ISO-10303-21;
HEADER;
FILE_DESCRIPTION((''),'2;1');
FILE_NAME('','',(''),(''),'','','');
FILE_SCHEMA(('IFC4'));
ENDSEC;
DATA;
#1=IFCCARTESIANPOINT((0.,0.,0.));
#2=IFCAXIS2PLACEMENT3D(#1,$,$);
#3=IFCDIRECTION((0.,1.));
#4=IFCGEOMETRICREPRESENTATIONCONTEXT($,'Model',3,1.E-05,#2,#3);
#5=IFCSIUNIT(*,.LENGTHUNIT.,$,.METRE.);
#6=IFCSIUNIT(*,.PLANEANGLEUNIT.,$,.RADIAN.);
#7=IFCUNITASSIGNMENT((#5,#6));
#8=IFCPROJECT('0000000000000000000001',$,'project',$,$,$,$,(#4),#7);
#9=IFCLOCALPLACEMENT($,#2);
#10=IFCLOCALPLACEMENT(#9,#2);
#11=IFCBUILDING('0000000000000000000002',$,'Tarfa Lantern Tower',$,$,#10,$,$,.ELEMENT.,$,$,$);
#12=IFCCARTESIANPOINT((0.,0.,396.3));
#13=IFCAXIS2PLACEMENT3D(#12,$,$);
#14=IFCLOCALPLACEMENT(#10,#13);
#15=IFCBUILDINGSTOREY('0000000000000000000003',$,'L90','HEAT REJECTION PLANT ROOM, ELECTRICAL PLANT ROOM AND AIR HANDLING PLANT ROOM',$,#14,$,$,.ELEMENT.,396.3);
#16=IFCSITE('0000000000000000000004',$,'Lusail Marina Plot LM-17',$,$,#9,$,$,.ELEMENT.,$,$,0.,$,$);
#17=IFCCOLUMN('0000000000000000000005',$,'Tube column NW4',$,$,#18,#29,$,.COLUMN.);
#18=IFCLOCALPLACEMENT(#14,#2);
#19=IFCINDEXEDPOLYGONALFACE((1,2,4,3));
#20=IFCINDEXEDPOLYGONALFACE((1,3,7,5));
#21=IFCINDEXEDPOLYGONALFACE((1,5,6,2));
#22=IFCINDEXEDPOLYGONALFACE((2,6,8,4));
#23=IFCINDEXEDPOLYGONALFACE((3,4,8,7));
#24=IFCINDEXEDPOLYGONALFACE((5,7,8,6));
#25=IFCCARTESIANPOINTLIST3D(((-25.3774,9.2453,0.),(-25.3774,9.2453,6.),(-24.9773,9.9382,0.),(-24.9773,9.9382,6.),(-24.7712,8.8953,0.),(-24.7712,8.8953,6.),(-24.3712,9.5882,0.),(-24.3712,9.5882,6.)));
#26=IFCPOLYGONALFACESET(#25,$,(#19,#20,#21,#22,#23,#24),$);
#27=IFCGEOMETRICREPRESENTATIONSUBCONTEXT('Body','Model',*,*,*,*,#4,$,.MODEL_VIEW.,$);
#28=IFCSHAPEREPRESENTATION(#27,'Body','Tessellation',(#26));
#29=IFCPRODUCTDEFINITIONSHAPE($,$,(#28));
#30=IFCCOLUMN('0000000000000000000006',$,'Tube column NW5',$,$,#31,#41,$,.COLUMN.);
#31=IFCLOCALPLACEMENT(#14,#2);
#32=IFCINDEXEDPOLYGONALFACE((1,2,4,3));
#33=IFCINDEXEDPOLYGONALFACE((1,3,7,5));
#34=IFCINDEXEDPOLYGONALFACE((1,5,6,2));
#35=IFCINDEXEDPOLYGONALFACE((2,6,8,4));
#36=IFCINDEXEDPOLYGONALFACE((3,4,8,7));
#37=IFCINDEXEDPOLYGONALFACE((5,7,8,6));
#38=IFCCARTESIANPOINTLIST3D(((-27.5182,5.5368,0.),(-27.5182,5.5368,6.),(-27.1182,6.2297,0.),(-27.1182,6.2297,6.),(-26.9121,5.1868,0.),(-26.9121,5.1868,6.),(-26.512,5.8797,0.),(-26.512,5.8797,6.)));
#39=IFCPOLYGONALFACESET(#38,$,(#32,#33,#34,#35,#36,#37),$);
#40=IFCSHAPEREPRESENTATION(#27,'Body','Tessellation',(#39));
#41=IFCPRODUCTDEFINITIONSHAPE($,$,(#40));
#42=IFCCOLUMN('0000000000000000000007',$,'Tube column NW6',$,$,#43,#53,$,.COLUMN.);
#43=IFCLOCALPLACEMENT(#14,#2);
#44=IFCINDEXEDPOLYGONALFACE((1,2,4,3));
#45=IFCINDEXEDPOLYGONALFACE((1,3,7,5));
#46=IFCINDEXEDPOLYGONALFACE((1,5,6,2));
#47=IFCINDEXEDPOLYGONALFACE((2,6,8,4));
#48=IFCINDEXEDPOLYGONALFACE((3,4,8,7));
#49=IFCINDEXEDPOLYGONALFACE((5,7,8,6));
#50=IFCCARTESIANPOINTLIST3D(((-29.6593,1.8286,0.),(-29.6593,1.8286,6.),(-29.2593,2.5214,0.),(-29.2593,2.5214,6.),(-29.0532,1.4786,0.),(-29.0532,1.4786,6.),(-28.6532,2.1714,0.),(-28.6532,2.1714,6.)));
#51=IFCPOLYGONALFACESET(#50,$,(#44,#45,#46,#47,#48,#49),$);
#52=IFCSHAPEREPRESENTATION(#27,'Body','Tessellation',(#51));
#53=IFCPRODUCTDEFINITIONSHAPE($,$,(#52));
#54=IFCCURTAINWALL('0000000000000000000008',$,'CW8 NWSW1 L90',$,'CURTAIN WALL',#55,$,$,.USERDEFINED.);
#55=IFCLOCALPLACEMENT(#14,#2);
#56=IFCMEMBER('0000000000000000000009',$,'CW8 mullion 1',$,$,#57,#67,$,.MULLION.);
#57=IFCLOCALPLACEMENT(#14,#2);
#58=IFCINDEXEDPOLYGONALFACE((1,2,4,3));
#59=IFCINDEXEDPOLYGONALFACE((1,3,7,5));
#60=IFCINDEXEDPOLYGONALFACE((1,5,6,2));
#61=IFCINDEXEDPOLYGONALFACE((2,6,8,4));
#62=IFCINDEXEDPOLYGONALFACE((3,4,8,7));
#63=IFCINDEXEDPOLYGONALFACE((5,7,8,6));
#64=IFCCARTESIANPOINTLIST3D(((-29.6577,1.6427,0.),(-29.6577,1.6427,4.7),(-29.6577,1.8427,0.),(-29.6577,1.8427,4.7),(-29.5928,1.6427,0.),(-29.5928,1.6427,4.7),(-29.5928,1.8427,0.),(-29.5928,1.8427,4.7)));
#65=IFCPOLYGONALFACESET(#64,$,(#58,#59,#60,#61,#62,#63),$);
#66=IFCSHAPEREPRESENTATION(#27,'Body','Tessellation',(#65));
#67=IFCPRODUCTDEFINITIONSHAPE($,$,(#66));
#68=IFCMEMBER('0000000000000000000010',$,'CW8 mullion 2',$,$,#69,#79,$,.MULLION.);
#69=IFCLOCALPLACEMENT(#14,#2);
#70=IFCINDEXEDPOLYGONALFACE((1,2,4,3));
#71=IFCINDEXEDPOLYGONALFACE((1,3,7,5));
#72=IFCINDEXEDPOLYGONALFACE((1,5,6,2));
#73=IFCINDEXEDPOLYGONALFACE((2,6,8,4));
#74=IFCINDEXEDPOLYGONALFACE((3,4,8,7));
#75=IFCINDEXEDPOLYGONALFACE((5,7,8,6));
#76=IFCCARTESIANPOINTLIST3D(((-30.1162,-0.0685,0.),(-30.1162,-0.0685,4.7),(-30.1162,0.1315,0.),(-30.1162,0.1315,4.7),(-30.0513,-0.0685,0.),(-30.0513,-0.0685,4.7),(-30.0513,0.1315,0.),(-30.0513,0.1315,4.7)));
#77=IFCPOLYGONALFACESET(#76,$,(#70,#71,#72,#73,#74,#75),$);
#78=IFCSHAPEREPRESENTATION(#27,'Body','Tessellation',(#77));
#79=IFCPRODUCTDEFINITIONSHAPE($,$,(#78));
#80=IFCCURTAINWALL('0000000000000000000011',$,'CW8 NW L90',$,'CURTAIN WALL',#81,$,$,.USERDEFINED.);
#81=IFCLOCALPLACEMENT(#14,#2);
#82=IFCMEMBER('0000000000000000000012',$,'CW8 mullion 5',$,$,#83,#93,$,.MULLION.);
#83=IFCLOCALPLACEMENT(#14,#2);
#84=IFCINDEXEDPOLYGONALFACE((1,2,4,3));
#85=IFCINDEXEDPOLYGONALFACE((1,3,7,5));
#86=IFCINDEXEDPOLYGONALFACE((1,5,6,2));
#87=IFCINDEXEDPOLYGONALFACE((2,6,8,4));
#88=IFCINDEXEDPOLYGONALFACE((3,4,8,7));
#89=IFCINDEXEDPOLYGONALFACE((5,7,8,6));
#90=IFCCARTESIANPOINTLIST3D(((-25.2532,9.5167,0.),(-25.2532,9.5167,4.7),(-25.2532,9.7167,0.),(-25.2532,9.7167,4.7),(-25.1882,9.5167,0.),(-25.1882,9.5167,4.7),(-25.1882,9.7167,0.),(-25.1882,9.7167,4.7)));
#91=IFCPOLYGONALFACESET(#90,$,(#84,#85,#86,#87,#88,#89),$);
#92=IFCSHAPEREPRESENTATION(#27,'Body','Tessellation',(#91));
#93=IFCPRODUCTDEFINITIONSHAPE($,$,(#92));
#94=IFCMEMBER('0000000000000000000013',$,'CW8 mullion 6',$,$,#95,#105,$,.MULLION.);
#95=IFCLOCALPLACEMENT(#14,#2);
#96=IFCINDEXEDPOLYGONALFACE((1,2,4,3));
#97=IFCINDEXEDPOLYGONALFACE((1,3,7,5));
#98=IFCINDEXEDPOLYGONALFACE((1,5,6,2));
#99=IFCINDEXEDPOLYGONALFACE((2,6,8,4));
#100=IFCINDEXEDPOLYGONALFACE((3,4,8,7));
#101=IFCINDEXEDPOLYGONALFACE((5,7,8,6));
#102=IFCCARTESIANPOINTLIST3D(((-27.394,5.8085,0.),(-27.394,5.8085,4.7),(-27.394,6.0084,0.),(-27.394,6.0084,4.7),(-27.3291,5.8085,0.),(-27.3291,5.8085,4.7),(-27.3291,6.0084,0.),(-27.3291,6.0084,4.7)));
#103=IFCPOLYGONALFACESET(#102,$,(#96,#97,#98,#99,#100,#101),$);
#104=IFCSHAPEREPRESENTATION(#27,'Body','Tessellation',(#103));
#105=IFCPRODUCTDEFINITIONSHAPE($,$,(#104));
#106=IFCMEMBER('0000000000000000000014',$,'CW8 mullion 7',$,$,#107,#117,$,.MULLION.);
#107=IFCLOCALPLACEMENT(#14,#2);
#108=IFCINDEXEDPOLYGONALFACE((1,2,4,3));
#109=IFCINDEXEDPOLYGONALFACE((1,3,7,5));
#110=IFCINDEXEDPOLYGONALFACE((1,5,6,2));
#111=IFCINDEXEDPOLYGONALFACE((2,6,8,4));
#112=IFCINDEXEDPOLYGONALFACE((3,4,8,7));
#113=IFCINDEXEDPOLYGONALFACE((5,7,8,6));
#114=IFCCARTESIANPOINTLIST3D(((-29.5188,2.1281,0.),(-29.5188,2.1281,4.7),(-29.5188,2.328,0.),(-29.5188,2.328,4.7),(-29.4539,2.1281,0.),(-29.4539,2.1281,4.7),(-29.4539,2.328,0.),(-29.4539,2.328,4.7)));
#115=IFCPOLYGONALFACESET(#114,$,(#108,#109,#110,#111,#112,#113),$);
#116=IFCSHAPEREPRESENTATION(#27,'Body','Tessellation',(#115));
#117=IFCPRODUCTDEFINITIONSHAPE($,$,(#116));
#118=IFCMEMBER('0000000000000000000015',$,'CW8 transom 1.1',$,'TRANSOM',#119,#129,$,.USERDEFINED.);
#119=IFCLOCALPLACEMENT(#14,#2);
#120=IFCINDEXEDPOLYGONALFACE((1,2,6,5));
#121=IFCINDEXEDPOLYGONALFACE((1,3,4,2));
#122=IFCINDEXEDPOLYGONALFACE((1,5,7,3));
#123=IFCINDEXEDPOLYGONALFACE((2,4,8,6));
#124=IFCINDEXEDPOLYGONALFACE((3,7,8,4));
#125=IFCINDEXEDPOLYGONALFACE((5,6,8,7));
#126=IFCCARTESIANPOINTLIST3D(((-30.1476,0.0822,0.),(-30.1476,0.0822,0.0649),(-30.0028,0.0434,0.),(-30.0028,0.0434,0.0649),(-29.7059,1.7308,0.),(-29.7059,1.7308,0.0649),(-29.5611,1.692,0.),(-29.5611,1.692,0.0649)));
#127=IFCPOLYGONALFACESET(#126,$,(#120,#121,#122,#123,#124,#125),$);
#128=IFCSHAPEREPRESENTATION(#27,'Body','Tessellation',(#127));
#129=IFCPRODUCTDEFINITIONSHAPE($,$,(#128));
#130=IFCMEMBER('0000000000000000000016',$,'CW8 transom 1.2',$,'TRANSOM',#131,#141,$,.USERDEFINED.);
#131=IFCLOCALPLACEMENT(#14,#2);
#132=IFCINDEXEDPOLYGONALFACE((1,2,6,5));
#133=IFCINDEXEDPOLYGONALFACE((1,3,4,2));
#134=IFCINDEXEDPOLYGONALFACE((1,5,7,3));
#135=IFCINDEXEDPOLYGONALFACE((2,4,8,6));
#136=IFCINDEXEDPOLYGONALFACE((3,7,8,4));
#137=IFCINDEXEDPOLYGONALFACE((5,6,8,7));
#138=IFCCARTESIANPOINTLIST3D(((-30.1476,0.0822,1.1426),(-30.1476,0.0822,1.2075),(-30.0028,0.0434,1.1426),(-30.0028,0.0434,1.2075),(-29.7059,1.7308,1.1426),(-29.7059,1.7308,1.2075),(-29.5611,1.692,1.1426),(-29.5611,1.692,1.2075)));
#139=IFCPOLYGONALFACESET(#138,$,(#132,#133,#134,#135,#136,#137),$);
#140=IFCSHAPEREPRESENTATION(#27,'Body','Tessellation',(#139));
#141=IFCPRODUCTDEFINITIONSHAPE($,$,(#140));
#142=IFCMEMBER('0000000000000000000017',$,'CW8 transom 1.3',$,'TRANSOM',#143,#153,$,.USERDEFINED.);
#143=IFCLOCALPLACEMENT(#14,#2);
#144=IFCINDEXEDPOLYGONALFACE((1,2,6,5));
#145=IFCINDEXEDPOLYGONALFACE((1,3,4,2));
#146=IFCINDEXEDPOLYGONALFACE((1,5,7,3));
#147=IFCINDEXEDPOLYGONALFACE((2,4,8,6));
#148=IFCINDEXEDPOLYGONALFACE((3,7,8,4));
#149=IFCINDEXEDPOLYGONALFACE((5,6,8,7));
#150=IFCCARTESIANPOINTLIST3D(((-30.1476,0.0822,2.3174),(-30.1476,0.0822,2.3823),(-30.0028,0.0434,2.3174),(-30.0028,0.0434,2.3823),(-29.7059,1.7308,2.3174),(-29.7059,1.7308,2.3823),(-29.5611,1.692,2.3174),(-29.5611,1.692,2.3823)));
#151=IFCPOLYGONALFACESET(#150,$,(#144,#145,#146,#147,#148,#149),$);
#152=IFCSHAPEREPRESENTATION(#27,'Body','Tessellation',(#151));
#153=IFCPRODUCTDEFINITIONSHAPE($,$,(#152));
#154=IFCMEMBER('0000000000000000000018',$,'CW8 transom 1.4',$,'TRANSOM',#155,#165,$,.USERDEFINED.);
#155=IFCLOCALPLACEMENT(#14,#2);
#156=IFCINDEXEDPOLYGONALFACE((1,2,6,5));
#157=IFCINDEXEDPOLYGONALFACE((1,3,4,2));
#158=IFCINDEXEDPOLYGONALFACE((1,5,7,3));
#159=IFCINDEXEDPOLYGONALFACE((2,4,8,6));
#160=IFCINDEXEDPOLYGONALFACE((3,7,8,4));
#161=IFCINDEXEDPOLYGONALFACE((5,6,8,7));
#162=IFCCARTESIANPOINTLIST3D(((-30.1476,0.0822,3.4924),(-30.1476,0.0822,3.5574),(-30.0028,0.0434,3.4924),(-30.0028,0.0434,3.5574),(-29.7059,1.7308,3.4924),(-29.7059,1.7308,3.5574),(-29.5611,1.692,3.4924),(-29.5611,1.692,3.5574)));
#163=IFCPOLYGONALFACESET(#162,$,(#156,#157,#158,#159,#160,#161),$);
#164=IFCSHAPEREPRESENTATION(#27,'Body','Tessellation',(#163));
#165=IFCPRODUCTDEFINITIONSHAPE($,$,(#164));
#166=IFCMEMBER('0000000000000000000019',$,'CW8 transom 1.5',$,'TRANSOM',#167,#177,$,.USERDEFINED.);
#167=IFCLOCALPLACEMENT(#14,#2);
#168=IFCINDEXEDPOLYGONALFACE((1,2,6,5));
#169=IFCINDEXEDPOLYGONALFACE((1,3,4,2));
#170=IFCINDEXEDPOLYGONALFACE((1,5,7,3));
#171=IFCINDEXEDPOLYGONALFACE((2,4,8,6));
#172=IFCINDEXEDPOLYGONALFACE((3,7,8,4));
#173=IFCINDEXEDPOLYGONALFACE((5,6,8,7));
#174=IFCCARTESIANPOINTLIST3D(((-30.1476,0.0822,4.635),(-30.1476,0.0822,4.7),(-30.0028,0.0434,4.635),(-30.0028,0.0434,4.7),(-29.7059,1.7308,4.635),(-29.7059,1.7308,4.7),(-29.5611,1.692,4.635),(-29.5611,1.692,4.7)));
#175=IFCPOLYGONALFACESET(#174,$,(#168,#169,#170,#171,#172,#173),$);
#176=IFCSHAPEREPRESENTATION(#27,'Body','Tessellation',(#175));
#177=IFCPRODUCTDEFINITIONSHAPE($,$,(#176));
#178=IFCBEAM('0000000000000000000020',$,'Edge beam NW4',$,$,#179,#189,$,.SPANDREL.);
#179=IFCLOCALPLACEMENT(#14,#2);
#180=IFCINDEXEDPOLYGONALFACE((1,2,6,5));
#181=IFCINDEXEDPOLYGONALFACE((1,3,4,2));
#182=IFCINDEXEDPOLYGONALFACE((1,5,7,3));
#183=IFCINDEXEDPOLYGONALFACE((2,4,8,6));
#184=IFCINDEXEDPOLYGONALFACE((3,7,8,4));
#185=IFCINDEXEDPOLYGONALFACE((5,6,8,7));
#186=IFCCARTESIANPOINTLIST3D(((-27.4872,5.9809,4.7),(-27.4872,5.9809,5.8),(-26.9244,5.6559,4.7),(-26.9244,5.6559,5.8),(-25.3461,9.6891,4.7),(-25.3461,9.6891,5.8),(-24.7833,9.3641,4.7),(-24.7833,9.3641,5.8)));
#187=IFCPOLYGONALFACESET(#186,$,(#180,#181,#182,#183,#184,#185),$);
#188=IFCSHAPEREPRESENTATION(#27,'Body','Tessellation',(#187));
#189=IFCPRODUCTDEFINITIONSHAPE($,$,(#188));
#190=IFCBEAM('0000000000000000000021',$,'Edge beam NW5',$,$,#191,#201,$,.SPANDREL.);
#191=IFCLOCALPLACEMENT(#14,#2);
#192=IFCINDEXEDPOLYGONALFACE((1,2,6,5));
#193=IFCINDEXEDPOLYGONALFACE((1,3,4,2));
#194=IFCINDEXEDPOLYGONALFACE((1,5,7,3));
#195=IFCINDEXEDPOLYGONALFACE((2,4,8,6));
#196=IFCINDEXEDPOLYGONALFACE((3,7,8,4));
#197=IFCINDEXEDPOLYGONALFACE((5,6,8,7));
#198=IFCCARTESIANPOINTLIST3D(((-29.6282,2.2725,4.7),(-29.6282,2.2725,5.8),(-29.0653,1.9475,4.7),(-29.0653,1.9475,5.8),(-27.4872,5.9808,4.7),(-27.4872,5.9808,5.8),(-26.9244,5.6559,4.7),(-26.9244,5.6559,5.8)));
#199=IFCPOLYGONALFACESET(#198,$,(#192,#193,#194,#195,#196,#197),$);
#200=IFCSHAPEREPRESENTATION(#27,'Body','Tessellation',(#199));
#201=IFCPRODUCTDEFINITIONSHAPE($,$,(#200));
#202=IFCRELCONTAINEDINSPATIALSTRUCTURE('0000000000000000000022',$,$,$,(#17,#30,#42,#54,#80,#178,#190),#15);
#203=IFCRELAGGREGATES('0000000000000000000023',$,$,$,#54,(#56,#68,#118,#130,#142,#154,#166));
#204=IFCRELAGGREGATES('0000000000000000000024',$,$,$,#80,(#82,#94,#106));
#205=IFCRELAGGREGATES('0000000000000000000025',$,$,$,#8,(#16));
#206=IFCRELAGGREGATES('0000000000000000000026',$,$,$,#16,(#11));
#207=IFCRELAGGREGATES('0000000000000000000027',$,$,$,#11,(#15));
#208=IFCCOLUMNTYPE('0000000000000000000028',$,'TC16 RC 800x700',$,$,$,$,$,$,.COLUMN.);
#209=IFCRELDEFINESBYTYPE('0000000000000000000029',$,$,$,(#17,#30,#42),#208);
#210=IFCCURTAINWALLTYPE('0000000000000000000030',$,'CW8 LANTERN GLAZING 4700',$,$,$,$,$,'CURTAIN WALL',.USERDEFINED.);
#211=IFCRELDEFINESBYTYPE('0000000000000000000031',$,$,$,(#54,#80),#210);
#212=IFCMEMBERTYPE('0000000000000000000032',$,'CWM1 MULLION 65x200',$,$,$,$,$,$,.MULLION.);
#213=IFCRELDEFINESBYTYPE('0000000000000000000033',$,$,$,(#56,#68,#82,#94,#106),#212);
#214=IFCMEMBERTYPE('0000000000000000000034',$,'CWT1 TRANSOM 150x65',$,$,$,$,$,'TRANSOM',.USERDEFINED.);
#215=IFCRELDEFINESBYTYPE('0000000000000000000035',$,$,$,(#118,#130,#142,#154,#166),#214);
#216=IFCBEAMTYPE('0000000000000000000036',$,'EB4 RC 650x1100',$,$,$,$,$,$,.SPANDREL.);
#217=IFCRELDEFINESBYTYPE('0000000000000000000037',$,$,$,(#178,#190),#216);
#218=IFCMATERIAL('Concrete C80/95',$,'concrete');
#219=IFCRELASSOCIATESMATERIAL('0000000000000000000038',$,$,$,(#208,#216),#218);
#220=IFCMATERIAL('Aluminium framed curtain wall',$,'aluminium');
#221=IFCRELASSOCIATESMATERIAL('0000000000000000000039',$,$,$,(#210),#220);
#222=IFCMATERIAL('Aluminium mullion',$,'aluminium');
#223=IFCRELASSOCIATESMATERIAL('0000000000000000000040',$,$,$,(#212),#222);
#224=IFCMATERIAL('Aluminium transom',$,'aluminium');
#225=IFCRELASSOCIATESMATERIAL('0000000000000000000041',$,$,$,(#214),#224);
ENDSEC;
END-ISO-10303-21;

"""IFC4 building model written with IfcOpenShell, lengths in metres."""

from ifc_helpers import new_model, si_unit, direction, frame, origin, origin_2d, place, context, subcontext, project, spatial, rectangle, extrude, material, material_profile, profile_set, type_object, element, aggregate, save


model = new_model("IFC4")

# Units and contexts
model_context = context("Model", 3, precision=1e-05, world=origin(), true_north=direction((0.0, 1.0)))
body_context = subcontext(model_context, "Body", "Model", "MODEL_VIEW")
ifc_project = project(units=[si_unit("LENGTHUNIT", "METRE"), si_unit("PLANEANGLEUNIT", "RADIAN")], contexts=[model_context])

# Site, building, storey
site_placement = place(None, origin())
site = spatial("IfcSite", under=ifc_project, at=site_placement, Name="Lusail Marina Plot LM-17", CompositionType="ELEMENT", RefElevation=0.0)
building_placement = place(site_placement, origin())
building = spatial("IfcBuilding", under=site, at=building_placement, Name="Tarfa Lantern Tower", CompositionType="ELEMENT")
storey_placement = place(building_placement, frame((0.0, 0.0, 396.3)))
storey = spatial("IfcBuildingStorey", under=building, at=storey_placement, Name="L90", Description="HEAT REJECTION PLANT ROOM, ELECTRICAL PLANT ROOM AND AIR HANDLING PLANT ROOM", CompositionType="ELEMENT", Elevation=396.3)

# Columns
ifc_material_1 = material(Name="Concrete C80/95", Category="concrete")
ifc_material_profile_1 = material_profile(ifc_material_1, rectangle(XDim=0.8, YDim=0.7, at=origin_2d()), Name="RC 800x700")
ifc_profile_set_1 = profile_set([ifc_material_profile_1], Name="Concrete C80/95")
column_type = type_object("IfcColumnType", Name="TC16 RC 800x700", PredefinedType="COLUMN", material=ifc_profile_set_1)
for number, where, z_axis, x_axis, name in (
    (1, (-24.8743, 9.4167, 0.0), (0.0, 0.0, 1.0), (-0.5, -0.866025, 0.0), "Tube column NW4"),
    (2, (-27.0151, 5.7083, 0.0), (0.0, 0.0, 1.0), (-0.5, -0.866025, 0.0), "Tube column NW5"),
    (3, (-29.1562, 2.0, 0.0), (0.0, 0.0, 1.0), (-0.5, -0.866025, 0.0), "Tube column NW6"),
):
    element("IfcColumn", number, at=place(storey_placement, frame(where, z_axis=z_axis, x_axis=x_axis)), inside=storey, type_object=column_type, Name=name, PredefinedType="COLUMN", context=body_context, shape_type="SweptSolid", body=[
        extrude(rectangle(XDim=0.8, YDim=0.7, at=origin_2d()), origin(), (0.0, 0.0, 1.0), 6.0),
    ])

# Curtain walls, members
ifc_material_2 = material(Name="Aluminium framed curtain wall", Category="aluminium")
curtain_wall_type = type_object("IfcCurtainWallType", Name="CW8 LANTERN GLAZING 4700", ElementType="CURTAIN WALL", PredefinedType="USERDEFINED", material=ifc_material_2)
curtain_wall_1_placement = place(storey_placement, origin())
curtain_wall_1 = element("IfcCurtainWall", 4, at=curtain_wall_1_placement, inside=storey, type_object=curtain_wall_type, Name="CW8 NWSW1 L90", ObjectType="CURTAIN WALL", PredefinedType="USERDEFINED")
ifc_material_3 = material(Name="Aluminium mullion", Category="aluminium")
ifc_material_profile_2 = material_profile(ifc_material_3, rectangle(XDim=0.0649, YDim=0.2, at=origin_2d()), Name="AL MULLION 65x200")
ifc_profile_set_2 = profile_set([ifc_material_profile_2], Name="Aluminium mullion")
member_type_1 = type_object("IfcMemberType", Name="CWM1 MULLION 65x200", PredefinedType="MULLION", material=ifc_profile_set_2)
member_1_placement = place(storey_placement, frame((-29.6252, 1.7427, 0.0), z_axis=(0.0, 0.0, 1.0), x_axis=(1.0, 0.0, 0.0)))
member_1 = element("IfcMember", 5, at=member_1_placement, type_object=member_type_1, Name="CW8 mullion 1", PredefinedType="MULLION", context=body_context, shape_type="SweptSolid", body=[
    extrude(rectangle(XDim=0.0649, YDim=0.2, at=origin_2d()), origin(), (0.0, 0.0, 1.0), 4.7),
])
member_2_placement = place(storey_placement, frame((-30.0837, 0.0315, 0.0), z_axis=(0.0, 0.0, 1.0), x_axis=(1.0, 0.0, 0.0)))
member_2 = element("IfcMember", 6, at=member_2_placement, type_object=member_type_1, Name="CW8 mullion 2", PredefinedType="MULLION", context=body_context, shape_type="SweptSolid", body=[
    extrude(rectangle(XDim=0.0649, YDim=0.2, at=origin_2d()), origin(), (0.0, 0.0, 1.0), 4.7),
])
curtain_wall_2_placement = place(storey_placement, origin())
curtain_wall_2 = element("IfcCurtainWall", 7, at=curtain_wall_2_placement, inside=storey, type_object=curtain_wall_type, Name="CW8 NW L90", ObjectType="CURTAIN WALL", PredefinedType="USERDEFINED")
member_3_placement = place(storey_placement, frame((-25.2207, 9.6167, 0.0), z_axis=(0.0, 0.0, 1.0), x_axis=(1.0, 0.0, 0.0)))
member_3 = element("IfcMember", 8, at=member_3_placement, type_object=member_type_1, Name="CW8 mullion 5", PredefinedType="MULLION", context=body_context, shape_type="SweptSolid", body=[
    extrude(rectangle(XDim=0.0649, YDim=0.2, at=origin_2d()), origin(), (0.0, 0.0, 1.0), 4.7),
])
member_4_placement = place(storey_placement, frame((-27.3616, 5.9084, 0.0), z_axis=(0.0, 0.0, 1.0), x_axis=(1.0, 0.0, 0.0)))
member_4 = element("IfcMember", 9, at=member_4_placement, type_object=member_type_1, Name="CW8 mullion 6", PredefinedType="MULLION", context=body_context, shape_type="SweptSolid", body=[
    extrude(rectangle(XDim=0.0649, YDim=0.2, at=origin_2d()), origin(), (0.0, 0.0, 1.0), 4.7),
])
member_5_placement = place(storey_placement, frame((-29.4863, 2.228, 0.0), z_axis=(0.0, 0.0, 1.0), x_axis=(1.0, 0.0, 0.0)))
member_5 = element("IfcMember", 10, at=member_5_placement, type_object=member_type_1, Name="CW8 mullion 7", PredefinedType="MULLION", context=body_context, shape_type="SweptSolid", body=[
    extrude(rectangle(XDim=0.0649, YDim=0.2, at=origin_2d()), origin(), (0.0, 0.0, 1.0), 4.7),
])

# Members
ifc_material_4 = material(Name="Aluminium transom", Category="aluminium")
ifc_material_profile_3 = material_profile(ifc_material_4, rectangle(XDim=0.1499, YDim=0.0649, at=origin_2d()), Name="AL TRANSOM 150x65")
ifc_profile_set_3 = profile_set([ifc_material_profile_3], Name="Aluminium transom")
member_type_2 = type_object("IfcMemberType", Name="CWT1 TRANSOM 150x65", ElementType="TRANSOM", PredefinedType="USERDEFINED", material=ifc_profile_set_3)
member_6_placement = place(storey_placement, frame((-29.6335, 1.7114, 0.0325), z_axis=(-0.258758, -0.965942, 0.0), x_axis=(0.965942, -0.258758, 0.0)))
member_6 = element("IfcMember", 11, at=member_6_placement, type_object=member_type_2, Name="CW8 transom 1.1", ObjectType="TRANSOM", PredefinedType="USERDEFINED", context=body_context, shape_type="SweptSolid", body=[
    extrude(rectangle(XDim=0.1499, YDim=0.0649, at=origin_2d()), origin(), (0.0, 0.0, 1.0), 1.7068),
])
member_7_placement = place(storey_placement, frame((-29.6335, 1.7114, 1.175), z_axis=(-0.258758, -0.965942, 0.0), x_axis=(0.965942, -0.258758, 0.0)))
member_7 = element("IfcMember", 12, at=member_7_placement, type_object=member_type_2, Name="CW8 transom 1.2", ObjectType="TRANSOM", PredefinedType="USERDEFINED", context=body_context, shape_type="SweptSolid", body=[
    extrude(rectangle(XDim=0.1499, YDim=0.0649, at=origin_2d()), origin(), (0.0, 0.0, 1.0), 1.7068),
])
member_8_placement = place(storey_placement, frame((-29.6335, 1.7114, 2.3499), z_axis=(-0.258758, -0.965942, 0.0), x_axis=(0.965942, -0.258758, 0.0)))
member_8 = element("IfcMember", 13, at=member_8_placement, type_object=member_type_2, Name="CW8 transom 1.3", ObjectType="TRANSOM", PredefinedType="USERDEFINED", context=body_context, shape_type="SweptSolid", body=[
    extrude(rectangle(XDim=0.1499, YDim=0.0649, at=origin_2d()), origin(), (0.0, 0.0, 1.0), 1.7068),
])
member_9_placement = place(storey_placement, frame((-29.6335, 1.7114, 3.5249), z_axis=(-0.258758, -0.965942, 0.0), x_axis=(0.965942, -0.258758, 0.0)))
member_9 = element("IfcMember", 14, at=member_9_placement, type_object=member_type_2, Name="CW8 transom 1.4", ObjectType="TRANSOM", PredefinedType="USERDEFINED", context=body_context, shape_type="SweptSolid", body=[
    extrude(rectangle(XDim=0.1499, YDim=0.0649, at=origin_2d()), origin(), (0.0, 0.0, 1.0), 1.7068),
])
member_10_placement = place(storey_placement, frame((-29.6335, 1.7114, 4.6675), z_axis=(-0.258758, -0.965942, 0.0), x_axis=(0.965942, -0.258758, 0.0)))
member_10 = element("IfcMember", 15, at=member_10_placement, type_object=member_type_2, Name="CW8 transom 1.5", ObjectType="TRANSOM", PredefinedType="USERDEFINED", context=body_context, shape_type="SweptSolid", body=[
    extrude(rectangle(XDim=0.1499, YDim=0.0649, at=origin_2d()), origin(), (0.0, 0.0, 1.0), 1.7068),
])

# Beams
ifc_material_profile_4 = material_profile(ifc_material_1, rectangle(XDim=0.6499, YDim=1.1001, at=origin_2d()), Name="RC 650x1100")
ifc_profile_set_4 = profile_set([ifc_material_profile_4], Name="Concrete C80/95")
beam_type_1 = type_object("IfcBeamType", Name="EB4 RC 650x1100", PredefinedType="SPANDREL", material=ifc_profile_set_4)
for number, where, z_axis, x_axis, name in (
    (16, (-25.0647, 9.5266, 5.25), (-0.500027, -0.86601, 0.0), (0.86601, -0.500027, 0.0), "Edge beam NW4"),
    (17, (-27.2058, 5.8184, 5.25), (-0.499984, -0.866035, 0.0), (0.866035, -0.499984, 0.0), "Edge beam NW5"),
):
    element("IfcBeam", number, at=place(storey_placement, frame(where, z_axis=z_axis, x_axis=x_axis)), inside=storey, type_object=beam_type_1, Name=name, PredefinedType="SPANDREL", context=body_context, shape_type="SweptSolid", body=[
        extrude(rectangle(XDim=0.6499, YDim=1.1001, at=origin_2d()), origin(), (0.0, 0.0, 1.0), 4.282),
    ])

aggregate(curtain_wall_1, [member_1, member_2, member_6, member_7, member_8, member_9, member_10])
aggregate(curtain_wall_2, [member_3, member_4, member_5])

save(model, "model.ifc")
